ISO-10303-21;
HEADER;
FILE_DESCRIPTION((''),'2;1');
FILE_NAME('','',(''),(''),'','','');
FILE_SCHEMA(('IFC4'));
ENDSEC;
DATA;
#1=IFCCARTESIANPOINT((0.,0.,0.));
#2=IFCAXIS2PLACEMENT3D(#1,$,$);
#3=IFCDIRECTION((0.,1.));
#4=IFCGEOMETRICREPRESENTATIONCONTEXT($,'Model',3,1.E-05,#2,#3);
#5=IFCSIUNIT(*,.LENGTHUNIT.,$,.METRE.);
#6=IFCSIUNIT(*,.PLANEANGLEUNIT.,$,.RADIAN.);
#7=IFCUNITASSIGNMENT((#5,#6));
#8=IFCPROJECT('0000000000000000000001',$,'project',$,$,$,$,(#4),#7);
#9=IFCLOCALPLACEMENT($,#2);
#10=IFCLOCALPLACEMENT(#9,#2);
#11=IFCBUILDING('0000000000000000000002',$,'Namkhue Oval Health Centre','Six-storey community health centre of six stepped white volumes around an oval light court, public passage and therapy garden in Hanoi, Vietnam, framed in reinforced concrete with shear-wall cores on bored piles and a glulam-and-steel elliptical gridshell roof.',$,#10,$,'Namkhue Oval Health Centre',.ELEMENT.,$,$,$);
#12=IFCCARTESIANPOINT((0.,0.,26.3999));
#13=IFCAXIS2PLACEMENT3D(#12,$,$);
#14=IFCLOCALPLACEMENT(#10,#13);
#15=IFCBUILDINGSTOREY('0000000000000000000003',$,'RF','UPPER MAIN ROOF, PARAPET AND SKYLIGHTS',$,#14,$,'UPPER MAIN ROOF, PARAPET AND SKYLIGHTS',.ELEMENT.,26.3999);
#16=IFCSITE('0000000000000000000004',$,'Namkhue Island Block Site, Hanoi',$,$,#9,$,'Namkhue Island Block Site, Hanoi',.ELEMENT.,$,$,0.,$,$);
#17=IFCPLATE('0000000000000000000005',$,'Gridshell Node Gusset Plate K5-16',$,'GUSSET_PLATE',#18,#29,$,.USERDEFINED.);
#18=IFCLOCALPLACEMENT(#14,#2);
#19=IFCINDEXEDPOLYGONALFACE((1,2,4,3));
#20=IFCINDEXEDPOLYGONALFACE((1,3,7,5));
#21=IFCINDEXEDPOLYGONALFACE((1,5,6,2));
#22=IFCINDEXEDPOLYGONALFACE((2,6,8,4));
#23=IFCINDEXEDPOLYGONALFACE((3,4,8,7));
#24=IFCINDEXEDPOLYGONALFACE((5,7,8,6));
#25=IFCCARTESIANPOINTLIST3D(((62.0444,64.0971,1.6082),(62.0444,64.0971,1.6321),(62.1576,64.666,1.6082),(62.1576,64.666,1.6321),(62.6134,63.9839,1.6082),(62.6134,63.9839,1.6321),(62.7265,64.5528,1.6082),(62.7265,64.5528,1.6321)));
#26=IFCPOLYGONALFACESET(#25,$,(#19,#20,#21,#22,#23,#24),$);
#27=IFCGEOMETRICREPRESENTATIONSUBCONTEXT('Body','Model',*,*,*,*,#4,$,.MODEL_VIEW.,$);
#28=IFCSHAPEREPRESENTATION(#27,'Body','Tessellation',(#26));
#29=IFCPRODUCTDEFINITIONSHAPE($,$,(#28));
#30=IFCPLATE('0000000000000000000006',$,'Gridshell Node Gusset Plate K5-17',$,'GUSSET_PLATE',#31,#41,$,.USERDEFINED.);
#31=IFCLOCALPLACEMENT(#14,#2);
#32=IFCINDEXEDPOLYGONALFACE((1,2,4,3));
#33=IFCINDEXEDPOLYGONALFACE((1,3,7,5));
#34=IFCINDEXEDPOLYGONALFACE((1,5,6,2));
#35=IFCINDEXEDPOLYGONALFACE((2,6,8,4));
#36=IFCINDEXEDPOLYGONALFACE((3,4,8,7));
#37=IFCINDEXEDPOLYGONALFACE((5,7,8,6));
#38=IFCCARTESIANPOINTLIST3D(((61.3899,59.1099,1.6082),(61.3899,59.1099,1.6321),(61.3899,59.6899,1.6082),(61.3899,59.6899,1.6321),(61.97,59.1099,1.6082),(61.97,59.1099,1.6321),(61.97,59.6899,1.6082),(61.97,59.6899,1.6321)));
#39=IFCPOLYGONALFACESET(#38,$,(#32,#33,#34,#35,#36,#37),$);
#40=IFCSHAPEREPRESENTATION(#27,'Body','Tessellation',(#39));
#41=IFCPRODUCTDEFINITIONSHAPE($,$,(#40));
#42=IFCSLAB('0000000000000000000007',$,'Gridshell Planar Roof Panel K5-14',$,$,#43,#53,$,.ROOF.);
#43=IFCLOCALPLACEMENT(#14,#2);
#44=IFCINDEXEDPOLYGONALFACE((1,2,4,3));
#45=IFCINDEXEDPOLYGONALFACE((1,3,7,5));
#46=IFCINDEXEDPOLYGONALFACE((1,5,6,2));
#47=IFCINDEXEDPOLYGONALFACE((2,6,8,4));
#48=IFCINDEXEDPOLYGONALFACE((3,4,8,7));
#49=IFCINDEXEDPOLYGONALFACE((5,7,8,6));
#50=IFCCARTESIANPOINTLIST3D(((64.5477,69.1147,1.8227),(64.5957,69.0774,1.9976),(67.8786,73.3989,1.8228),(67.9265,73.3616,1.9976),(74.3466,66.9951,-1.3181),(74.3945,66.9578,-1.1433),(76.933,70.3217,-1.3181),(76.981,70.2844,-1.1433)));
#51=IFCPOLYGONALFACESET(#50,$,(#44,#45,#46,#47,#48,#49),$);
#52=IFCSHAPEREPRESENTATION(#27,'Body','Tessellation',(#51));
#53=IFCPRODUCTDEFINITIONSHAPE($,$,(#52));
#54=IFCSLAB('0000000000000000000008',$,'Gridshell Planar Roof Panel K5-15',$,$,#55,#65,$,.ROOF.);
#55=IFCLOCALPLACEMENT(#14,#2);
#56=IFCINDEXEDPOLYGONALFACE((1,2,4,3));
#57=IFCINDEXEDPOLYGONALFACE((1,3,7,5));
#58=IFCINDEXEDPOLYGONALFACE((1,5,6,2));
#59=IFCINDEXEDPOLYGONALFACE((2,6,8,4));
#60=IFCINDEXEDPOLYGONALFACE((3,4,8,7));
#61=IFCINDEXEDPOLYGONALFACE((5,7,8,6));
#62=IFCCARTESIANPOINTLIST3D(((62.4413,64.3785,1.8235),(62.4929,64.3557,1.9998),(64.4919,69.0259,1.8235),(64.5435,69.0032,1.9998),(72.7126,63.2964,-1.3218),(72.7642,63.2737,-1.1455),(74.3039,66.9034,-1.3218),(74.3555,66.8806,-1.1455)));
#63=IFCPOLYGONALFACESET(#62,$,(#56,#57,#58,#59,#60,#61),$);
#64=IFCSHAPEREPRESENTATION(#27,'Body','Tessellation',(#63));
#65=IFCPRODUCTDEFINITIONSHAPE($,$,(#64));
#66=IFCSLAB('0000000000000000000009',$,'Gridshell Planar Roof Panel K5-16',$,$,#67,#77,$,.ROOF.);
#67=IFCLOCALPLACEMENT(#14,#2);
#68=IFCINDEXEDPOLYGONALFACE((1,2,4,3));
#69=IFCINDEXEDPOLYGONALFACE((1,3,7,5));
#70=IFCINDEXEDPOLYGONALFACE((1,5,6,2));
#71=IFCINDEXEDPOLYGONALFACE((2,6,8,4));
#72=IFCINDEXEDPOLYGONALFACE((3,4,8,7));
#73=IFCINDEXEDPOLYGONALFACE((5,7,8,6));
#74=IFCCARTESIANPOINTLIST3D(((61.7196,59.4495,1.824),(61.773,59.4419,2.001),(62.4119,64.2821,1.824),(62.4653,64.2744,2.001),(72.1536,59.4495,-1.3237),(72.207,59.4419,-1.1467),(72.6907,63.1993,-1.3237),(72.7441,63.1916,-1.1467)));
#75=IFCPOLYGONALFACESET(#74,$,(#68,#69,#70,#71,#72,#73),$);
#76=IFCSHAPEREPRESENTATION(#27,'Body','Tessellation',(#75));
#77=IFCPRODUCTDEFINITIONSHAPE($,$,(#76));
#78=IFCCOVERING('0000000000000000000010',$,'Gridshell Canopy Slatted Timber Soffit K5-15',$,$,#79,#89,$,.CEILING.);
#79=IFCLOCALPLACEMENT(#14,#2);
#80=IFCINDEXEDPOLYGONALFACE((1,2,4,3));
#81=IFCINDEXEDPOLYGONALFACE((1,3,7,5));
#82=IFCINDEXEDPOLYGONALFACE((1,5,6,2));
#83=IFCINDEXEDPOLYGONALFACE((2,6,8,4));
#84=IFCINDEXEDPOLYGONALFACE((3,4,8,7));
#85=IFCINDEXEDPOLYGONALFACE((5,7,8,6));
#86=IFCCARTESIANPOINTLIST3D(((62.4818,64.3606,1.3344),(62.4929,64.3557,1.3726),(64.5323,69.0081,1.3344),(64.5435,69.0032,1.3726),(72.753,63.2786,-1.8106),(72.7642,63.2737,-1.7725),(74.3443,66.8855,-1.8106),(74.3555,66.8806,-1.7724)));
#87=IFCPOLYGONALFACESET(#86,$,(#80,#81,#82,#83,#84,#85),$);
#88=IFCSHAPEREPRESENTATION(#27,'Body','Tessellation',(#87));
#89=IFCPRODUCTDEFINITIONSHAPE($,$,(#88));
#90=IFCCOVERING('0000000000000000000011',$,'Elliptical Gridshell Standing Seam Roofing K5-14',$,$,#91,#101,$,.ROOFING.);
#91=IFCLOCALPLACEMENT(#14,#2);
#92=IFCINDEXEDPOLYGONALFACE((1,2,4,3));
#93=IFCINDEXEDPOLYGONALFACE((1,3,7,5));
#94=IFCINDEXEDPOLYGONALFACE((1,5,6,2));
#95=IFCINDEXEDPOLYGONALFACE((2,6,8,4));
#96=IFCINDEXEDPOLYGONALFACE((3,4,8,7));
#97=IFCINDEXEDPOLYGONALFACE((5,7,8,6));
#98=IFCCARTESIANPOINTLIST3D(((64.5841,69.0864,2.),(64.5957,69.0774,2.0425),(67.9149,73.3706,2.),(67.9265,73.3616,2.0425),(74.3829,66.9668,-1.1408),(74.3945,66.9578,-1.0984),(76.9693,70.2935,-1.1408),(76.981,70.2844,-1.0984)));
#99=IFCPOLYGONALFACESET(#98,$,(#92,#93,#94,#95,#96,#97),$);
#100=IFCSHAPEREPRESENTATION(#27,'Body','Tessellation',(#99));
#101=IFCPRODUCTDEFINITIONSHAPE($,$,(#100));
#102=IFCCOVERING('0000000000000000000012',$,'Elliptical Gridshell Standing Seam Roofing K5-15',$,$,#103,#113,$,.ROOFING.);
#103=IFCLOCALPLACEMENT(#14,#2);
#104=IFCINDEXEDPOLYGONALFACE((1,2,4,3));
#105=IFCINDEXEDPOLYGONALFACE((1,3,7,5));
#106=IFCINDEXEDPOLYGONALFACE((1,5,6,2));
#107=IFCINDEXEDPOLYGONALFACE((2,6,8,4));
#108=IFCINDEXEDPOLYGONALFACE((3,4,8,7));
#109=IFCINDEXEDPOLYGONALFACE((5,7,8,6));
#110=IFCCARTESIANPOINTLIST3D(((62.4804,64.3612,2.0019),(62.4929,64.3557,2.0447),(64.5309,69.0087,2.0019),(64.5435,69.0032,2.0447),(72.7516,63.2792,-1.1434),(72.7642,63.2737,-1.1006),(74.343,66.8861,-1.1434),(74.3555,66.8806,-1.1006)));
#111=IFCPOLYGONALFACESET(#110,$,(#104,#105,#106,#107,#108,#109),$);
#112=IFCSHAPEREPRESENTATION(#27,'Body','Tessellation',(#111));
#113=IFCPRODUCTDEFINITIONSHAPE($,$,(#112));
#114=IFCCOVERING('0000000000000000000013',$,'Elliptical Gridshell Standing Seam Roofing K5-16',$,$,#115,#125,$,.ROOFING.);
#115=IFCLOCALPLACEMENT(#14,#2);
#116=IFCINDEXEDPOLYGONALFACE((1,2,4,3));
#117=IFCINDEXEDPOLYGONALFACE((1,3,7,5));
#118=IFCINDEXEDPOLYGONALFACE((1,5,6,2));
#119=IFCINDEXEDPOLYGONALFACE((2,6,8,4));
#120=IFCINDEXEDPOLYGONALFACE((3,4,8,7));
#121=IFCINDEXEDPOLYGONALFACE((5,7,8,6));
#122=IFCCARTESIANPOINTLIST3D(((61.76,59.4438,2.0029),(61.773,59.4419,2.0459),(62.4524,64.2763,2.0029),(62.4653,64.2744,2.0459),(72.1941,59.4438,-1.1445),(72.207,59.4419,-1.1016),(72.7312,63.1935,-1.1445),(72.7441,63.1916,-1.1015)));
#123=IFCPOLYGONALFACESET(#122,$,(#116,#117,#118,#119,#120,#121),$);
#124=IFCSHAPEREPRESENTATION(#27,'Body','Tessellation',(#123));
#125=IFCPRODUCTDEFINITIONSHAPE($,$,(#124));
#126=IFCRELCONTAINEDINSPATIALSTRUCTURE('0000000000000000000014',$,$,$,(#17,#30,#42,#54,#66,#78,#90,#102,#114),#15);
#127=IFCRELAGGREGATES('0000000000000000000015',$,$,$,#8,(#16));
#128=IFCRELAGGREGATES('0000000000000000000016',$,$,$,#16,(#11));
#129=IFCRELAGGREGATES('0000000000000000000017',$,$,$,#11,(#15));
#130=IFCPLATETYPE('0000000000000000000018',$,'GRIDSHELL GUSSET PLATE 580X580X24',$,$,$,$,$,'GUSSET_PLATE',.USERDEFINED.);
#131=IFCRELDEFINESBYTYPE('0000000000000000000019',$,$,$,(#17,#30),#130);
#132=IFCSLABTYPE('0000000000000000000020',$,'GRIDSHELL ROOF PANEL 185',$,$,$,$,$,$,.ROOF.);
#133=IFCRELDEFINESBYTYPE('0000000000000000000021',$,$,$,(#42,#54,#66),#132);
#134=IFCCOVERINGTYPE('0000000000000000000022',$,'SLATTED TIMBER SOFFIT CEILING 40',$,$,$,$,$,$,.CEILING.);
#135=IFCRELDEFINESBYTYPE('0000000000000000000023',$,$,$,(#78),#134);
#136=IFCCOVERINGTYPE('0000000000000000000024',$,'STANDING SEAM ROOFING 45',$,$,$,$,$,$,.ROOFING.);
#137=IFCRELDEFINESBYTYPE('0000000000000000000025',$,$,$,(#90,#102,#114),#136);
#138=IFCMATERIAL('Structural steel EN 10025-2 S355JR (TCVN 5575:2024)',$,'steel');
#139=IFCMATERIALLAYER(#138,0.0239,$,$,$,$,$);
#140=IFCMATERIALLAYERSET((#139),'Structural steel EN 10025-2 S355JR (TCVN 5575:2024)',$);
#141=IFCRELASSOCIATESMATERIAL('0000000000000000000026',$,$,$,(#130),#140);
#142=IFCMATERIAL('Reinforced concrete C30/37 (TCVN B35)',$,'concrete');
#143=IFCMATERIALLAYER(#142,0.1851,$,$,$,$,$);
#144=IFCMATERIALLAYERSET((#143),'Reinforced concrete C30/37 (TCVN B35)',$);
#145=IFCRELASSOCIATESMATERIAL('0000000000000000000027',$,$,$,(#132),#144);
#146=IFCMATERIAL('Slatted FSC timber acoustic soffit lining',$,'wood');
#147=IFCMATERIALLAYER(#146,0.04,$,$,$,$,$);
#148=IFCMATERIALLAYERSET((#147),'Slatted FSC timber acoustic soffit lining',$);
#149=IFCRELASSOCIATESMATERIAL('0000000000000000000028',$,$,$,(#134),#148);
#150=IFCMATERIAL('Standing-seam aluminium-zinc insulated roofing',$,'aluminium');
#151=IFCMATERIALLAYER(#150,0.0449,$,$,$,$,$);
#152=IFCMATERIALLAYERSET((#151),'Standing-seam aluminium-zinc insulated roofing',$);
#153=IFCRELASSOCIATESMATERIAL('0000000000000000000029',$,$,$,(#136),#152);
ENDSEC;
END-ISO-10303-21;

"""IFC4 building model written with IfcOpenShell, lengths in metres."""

from ifc_helpers import new_model, si_unit, direction, frame, origin, origin_2d, place, context, subcontext, project, spatial, polyline, rectangle, outline, extrude, material, layer, layer_set, type_object, element, save


model = new_model("IFC4")

# Units and contexts
model_context = context("Model", 3, precision=1e-05, world=origin(), true_north=direction((0.0, 1.0)))
body_context = subcontext(model_context, "Body", "Model", "MODEL_VIEW")
ifc_project = project(units=[si_unit("LENGTHUNIT", "METRE"), si_unit("PLANEANGLEUNIT", "RADIAN")], contexts=[model_context])

# Site, building, storey
site_placement = place(None, origin())
site = spatial("IfcSite", under=ifc_project, at=site_placement, Name="Namkhue Island Block Site, Hanoi", LongName="Namkhue Island Block Site, Hanoi", CompositionType="ELEMENT", RefElevation=0.0)
building_placement = place(site_placement, origin())
building = spatial("IfcBuilding", under=site, at=building_placement, Name="Namkhue Oval Health Centre", Description="Six-storey community health centre of six stepped white volumes around an oval light court, public passage and therapy garden in Hanoi, Vietnam, framed in reinforced concrete with shear-wall cores on bored piles and a glulam-and-steel elliptical gridshell roof.", LongName="Namkhue Oval Health Centre", CompositionType="ELEMENT")
storey_placement = place(building_placement, frame((0.0, 0.0, 26.3999)))
storey = spatial("IfcBuildingStorey", under=building, at=storey_placement, Name="RF", Description="UPPER MAIN ROOF, PARAPET AND SKYLIGHTS", LongName="UPPER MAIN ROOF, PARAPET AND SKYLIGHTS", CompositionType="ELEMENT", Elevation=26.3999)

# Shared definitions
ifc_material_1 = material(Name="Structural steel EN 10025-2 S355JR (TCVN 5575:2024)", Category="steel")

# Plates
ifc_layer_1 = layer(ifc_material_1, 0.0239)
ifc_layer_set_1 = layer_set([ifc_layer_1], Name="Structural steel EN 10025-2 S355JR (TCVN 5575:2024)")
plate_type = type_object("IfcPlateType", Name="GRIDSHELL GUSSET PLATE 580X580X24", ElementType="GUSSET_PLATE", PredefinedType="USERDEFINED", material=ifc_layer_set_1)
for number, where, z_axis, x_axis, name in (
    (1, (62.3855, 64.325, 1.6082), (0.0, 0.0, 1.0), (-0.980785, 0.19509, 0.0), "Gridshell Node Gusset Plate K5-16"),
    (2, (61.6799, 59.3999, 1.6082), (0.0, 0.0, 1.0), (-1.0, 0.0, 0.0), "Gridshell Node Gusset Plate K5-17"),
):
    element("IfcPlate", number, at=place(storey_placement, frame(where, z_axis=z_axis, x_axis=x_axis)), inside=storey, type_object=plate_type, Name=name, ObjectType="GUSSET_PLATE", PredefinedType="USERDEFINED", context=body_context, shape_type="SweptSolid", body=[
        extrude(rectangle(XDim=0.5801, YDim=0.5801, at=origin_2d()), origin(), (0.0, 0.0, 1.0), 0.0239),
    ])

# Slabs
ifc_material_2 = material(Name="Reinforced concrete C30/37 (TCVN B35)", Category="concrete")
ifc_layer_2 = layer(ifc_material_2, 0.1851)
ifc_layer_set_2 = layer_set([ifc_layer_2], Name="Reinforced concrete C30/37 (TCVN B35)")
slab_type = type_object("IfcSlabType", Name="GRIDSHELL ROOF PANEL 185", PredefinedType="ROOF", material=ifc_layer_set_2)
slab_1_placement = place(storey_placement, frame((67.9265, 73.3616, 1.9976), z_axis=(0.25918, -0.201506, 0.944575), x_axis=(-0.613788, -0.789471, -0.000001)))
element("IfcSlab", 3, at=slab_1_placement, inside=storey, type_object=slab_type, Name="Gridshell Planar Roof Panel K5-14", PredefinedType="ROOF", context=body_context, shape_type="SweptSolid", body=[
    extrude(outline(polyline([(0.0, 0.0), (5.4266, 0.0), (1.0856, 9.5672), (-3.1282, 9.5672), (0.0, 0.0)])), origin(), (0.0, 0.0, -1.0), 0.1851),
])
slab_2_placement = place(storey_placement, frame((64.5435, 69.0032, 1.9998), z_axis=(0.278713, -0.122969, 0.952469), x_axis=(-0.40367, -0.914905, 0.000004)))
element("IfcSlab", 4, at=slab_2_placement, inside=storey, type_object=slab_type, Name="Gridshell Planar Roof Panel K5-15", PredefinedType="ROOF", context=body_context, shape_type="SweptSolid", body=[
    extrude(outline(polyline([(0.0, 0.0), (5.0797, 0.0), (1.9235, 10.3247), (-2.0189, 10.3246), (0.0, 0.0)])), origin(), (0.0, 0.0, -1.0), 0.1851),
])
slab_3_placement = place(storey_placement, frame((62.4653, 64.2744, 2.001), z_axis=(0.288574, -0.041341, 0.956565), x_axis=(-0.141826, -0.989892, 0.000004)))
element("IfcSlab", 5, at=slab_3_placement, inside=storey, type_object=slab_type, Name="Gridshell Planar Roof Panel K5-16", PredefinedType="ROOF", context=body_context, shape_type="SweptSolid", body=[
    extrude(outline(polyline([(0.0, 0.0), (4.8819, 0.0), (3.402, 10.7976), (-0.386, 10.7975), (0.0, 0.0)])), origin(), (0.0, 0.0, -1.0), 0.1851),
])

# Coverings
ifc_material_3 = material(Name="Slatted FSC timber acoustic soffit lining", Category="wood")
ifc_layer_3 = layer(ifc_material_3, 0.04)
ifc_layer_set_3 = layer_set([ifc_layer_3], Name="Slatted FSC timber acoustic soffit lining")
covering_type_1 = type_object("IfcCoveringType", Name="SLATTED TIMBER SOFFIT CEILING 40", PredefinedType="CEILING", material=ifc_layer_set_3)
covering_1_placement = place(storey_placement, frame((64.5435, 69.0032, 1.3726), z_axis=(0.278694, -0.12296, 0.952476), x_axis=(-0.40367, -0.914905, 0.000004)))
element("IfcCovering", 6, at=covering_1_placement, inside=storey, type_object=covering_type_1, Name="Gridshell Canopy Slatted Timber Soffit K5-15", PredefinedType="CEILING", context=body_context, shape_type="SweptSolid", body=[
    extrude(outline(polyline([(0.0, 0.0), (5.0797, 0.0), (1.9235, 10.3247), (-2.0189, 10.3245), (0.0, 0.0)])), origin(), (0.0, 0.0, -1.0), 0.04),
])
ifc_material_4 = material(Name="Standing-seam aluminium-zinc insulated roofing", Category="aluminium")
ifc_layer_4 = layer(ifc_material_4, 0.0449)
ifc_layer_set_4 = layer_set([ifc_layer_4], Name="Standing-seam aluminium-zinc insulated roofing")
covering_type_2 = type_object("IfcCoveringType", Name="STANDING SEAM ROOFING 45", PredefinedType="ROOFING", material=ifc_layer_set_4)
covering_2_placement = place(storey_placement, frame((67.9265, 73.3616, 2.0425), z_axis=(0.25918, -0.201506, 0.944575), x_axis=(-0.613788, -0.789471, -0.000001)))
element("IfcCovering", 7, at=covering_2_placement, inside=storey, type_object=covering_type_2, Name="Elliptical Gridshell Standing Seam Roofing K5-14", PredefinedType="ROOFING", context=body_context, shape_type="SweptSolid", body=[
    extrude(outline(polyline([(0.0, 0.0), (5.4266, 0.0), (1.0856, 9.5672), (-3.1282, 9.5672), (0.0, 0.0)])), origin(), (0.0, 0.0, -1.0), 0.0449),
])
covering_3_placement = place(storey_placement, frame((64.5435, 69.0032, 2.0447), z_axis=(0.278713, -0.122969, 0.952469), x_axis=(-0.40367, -0.914905, 0.000004)))
element("IfcCovering", 8, at=covering_3_placement, inside=storey, type_object=covering_type_2, Name="Elliptical Gridshell Standing Seam Roofing K5-15", PredefinedType="ROOFING", context=body_context, shape_type="SweptSolid", body=[
    extrude(outline(polyline([(0.0, 0.0), (5.0797, 0.0), (1.9235, 10.3247), (-2.0189, 10.3246), (0.0, 0.0)])), origin(), (0.0, 0.0, -1.0), 0.0449),
])
covering_4_placement = place(storey_placement, frame((62.4653, 64.2744, 2.0459), z_axis=(0.288554, -0.041338, 0.956571), x_axis=(-0.141826, -0.989892, 0.000004)))
element("IfcCovering", 9, at=covering_4_placement, inside=storey, type_object=covering_type_2, Name="Elliptical Gridshell Standing Seam Roofing K5-16", PredefinedType="ROOFING", context=body_context, shape_type="SweptSolid", body=[
    extrude(outline(polyline([(0.0, 0.0), (4.8819, 0.0), (3.402, 10.7975), (-0.386, 10.7974), (0.0, 0.0)])), origin(), (0.0, 0.0, -1.0), 0.0449),
])

save(model, "model.ifc")
